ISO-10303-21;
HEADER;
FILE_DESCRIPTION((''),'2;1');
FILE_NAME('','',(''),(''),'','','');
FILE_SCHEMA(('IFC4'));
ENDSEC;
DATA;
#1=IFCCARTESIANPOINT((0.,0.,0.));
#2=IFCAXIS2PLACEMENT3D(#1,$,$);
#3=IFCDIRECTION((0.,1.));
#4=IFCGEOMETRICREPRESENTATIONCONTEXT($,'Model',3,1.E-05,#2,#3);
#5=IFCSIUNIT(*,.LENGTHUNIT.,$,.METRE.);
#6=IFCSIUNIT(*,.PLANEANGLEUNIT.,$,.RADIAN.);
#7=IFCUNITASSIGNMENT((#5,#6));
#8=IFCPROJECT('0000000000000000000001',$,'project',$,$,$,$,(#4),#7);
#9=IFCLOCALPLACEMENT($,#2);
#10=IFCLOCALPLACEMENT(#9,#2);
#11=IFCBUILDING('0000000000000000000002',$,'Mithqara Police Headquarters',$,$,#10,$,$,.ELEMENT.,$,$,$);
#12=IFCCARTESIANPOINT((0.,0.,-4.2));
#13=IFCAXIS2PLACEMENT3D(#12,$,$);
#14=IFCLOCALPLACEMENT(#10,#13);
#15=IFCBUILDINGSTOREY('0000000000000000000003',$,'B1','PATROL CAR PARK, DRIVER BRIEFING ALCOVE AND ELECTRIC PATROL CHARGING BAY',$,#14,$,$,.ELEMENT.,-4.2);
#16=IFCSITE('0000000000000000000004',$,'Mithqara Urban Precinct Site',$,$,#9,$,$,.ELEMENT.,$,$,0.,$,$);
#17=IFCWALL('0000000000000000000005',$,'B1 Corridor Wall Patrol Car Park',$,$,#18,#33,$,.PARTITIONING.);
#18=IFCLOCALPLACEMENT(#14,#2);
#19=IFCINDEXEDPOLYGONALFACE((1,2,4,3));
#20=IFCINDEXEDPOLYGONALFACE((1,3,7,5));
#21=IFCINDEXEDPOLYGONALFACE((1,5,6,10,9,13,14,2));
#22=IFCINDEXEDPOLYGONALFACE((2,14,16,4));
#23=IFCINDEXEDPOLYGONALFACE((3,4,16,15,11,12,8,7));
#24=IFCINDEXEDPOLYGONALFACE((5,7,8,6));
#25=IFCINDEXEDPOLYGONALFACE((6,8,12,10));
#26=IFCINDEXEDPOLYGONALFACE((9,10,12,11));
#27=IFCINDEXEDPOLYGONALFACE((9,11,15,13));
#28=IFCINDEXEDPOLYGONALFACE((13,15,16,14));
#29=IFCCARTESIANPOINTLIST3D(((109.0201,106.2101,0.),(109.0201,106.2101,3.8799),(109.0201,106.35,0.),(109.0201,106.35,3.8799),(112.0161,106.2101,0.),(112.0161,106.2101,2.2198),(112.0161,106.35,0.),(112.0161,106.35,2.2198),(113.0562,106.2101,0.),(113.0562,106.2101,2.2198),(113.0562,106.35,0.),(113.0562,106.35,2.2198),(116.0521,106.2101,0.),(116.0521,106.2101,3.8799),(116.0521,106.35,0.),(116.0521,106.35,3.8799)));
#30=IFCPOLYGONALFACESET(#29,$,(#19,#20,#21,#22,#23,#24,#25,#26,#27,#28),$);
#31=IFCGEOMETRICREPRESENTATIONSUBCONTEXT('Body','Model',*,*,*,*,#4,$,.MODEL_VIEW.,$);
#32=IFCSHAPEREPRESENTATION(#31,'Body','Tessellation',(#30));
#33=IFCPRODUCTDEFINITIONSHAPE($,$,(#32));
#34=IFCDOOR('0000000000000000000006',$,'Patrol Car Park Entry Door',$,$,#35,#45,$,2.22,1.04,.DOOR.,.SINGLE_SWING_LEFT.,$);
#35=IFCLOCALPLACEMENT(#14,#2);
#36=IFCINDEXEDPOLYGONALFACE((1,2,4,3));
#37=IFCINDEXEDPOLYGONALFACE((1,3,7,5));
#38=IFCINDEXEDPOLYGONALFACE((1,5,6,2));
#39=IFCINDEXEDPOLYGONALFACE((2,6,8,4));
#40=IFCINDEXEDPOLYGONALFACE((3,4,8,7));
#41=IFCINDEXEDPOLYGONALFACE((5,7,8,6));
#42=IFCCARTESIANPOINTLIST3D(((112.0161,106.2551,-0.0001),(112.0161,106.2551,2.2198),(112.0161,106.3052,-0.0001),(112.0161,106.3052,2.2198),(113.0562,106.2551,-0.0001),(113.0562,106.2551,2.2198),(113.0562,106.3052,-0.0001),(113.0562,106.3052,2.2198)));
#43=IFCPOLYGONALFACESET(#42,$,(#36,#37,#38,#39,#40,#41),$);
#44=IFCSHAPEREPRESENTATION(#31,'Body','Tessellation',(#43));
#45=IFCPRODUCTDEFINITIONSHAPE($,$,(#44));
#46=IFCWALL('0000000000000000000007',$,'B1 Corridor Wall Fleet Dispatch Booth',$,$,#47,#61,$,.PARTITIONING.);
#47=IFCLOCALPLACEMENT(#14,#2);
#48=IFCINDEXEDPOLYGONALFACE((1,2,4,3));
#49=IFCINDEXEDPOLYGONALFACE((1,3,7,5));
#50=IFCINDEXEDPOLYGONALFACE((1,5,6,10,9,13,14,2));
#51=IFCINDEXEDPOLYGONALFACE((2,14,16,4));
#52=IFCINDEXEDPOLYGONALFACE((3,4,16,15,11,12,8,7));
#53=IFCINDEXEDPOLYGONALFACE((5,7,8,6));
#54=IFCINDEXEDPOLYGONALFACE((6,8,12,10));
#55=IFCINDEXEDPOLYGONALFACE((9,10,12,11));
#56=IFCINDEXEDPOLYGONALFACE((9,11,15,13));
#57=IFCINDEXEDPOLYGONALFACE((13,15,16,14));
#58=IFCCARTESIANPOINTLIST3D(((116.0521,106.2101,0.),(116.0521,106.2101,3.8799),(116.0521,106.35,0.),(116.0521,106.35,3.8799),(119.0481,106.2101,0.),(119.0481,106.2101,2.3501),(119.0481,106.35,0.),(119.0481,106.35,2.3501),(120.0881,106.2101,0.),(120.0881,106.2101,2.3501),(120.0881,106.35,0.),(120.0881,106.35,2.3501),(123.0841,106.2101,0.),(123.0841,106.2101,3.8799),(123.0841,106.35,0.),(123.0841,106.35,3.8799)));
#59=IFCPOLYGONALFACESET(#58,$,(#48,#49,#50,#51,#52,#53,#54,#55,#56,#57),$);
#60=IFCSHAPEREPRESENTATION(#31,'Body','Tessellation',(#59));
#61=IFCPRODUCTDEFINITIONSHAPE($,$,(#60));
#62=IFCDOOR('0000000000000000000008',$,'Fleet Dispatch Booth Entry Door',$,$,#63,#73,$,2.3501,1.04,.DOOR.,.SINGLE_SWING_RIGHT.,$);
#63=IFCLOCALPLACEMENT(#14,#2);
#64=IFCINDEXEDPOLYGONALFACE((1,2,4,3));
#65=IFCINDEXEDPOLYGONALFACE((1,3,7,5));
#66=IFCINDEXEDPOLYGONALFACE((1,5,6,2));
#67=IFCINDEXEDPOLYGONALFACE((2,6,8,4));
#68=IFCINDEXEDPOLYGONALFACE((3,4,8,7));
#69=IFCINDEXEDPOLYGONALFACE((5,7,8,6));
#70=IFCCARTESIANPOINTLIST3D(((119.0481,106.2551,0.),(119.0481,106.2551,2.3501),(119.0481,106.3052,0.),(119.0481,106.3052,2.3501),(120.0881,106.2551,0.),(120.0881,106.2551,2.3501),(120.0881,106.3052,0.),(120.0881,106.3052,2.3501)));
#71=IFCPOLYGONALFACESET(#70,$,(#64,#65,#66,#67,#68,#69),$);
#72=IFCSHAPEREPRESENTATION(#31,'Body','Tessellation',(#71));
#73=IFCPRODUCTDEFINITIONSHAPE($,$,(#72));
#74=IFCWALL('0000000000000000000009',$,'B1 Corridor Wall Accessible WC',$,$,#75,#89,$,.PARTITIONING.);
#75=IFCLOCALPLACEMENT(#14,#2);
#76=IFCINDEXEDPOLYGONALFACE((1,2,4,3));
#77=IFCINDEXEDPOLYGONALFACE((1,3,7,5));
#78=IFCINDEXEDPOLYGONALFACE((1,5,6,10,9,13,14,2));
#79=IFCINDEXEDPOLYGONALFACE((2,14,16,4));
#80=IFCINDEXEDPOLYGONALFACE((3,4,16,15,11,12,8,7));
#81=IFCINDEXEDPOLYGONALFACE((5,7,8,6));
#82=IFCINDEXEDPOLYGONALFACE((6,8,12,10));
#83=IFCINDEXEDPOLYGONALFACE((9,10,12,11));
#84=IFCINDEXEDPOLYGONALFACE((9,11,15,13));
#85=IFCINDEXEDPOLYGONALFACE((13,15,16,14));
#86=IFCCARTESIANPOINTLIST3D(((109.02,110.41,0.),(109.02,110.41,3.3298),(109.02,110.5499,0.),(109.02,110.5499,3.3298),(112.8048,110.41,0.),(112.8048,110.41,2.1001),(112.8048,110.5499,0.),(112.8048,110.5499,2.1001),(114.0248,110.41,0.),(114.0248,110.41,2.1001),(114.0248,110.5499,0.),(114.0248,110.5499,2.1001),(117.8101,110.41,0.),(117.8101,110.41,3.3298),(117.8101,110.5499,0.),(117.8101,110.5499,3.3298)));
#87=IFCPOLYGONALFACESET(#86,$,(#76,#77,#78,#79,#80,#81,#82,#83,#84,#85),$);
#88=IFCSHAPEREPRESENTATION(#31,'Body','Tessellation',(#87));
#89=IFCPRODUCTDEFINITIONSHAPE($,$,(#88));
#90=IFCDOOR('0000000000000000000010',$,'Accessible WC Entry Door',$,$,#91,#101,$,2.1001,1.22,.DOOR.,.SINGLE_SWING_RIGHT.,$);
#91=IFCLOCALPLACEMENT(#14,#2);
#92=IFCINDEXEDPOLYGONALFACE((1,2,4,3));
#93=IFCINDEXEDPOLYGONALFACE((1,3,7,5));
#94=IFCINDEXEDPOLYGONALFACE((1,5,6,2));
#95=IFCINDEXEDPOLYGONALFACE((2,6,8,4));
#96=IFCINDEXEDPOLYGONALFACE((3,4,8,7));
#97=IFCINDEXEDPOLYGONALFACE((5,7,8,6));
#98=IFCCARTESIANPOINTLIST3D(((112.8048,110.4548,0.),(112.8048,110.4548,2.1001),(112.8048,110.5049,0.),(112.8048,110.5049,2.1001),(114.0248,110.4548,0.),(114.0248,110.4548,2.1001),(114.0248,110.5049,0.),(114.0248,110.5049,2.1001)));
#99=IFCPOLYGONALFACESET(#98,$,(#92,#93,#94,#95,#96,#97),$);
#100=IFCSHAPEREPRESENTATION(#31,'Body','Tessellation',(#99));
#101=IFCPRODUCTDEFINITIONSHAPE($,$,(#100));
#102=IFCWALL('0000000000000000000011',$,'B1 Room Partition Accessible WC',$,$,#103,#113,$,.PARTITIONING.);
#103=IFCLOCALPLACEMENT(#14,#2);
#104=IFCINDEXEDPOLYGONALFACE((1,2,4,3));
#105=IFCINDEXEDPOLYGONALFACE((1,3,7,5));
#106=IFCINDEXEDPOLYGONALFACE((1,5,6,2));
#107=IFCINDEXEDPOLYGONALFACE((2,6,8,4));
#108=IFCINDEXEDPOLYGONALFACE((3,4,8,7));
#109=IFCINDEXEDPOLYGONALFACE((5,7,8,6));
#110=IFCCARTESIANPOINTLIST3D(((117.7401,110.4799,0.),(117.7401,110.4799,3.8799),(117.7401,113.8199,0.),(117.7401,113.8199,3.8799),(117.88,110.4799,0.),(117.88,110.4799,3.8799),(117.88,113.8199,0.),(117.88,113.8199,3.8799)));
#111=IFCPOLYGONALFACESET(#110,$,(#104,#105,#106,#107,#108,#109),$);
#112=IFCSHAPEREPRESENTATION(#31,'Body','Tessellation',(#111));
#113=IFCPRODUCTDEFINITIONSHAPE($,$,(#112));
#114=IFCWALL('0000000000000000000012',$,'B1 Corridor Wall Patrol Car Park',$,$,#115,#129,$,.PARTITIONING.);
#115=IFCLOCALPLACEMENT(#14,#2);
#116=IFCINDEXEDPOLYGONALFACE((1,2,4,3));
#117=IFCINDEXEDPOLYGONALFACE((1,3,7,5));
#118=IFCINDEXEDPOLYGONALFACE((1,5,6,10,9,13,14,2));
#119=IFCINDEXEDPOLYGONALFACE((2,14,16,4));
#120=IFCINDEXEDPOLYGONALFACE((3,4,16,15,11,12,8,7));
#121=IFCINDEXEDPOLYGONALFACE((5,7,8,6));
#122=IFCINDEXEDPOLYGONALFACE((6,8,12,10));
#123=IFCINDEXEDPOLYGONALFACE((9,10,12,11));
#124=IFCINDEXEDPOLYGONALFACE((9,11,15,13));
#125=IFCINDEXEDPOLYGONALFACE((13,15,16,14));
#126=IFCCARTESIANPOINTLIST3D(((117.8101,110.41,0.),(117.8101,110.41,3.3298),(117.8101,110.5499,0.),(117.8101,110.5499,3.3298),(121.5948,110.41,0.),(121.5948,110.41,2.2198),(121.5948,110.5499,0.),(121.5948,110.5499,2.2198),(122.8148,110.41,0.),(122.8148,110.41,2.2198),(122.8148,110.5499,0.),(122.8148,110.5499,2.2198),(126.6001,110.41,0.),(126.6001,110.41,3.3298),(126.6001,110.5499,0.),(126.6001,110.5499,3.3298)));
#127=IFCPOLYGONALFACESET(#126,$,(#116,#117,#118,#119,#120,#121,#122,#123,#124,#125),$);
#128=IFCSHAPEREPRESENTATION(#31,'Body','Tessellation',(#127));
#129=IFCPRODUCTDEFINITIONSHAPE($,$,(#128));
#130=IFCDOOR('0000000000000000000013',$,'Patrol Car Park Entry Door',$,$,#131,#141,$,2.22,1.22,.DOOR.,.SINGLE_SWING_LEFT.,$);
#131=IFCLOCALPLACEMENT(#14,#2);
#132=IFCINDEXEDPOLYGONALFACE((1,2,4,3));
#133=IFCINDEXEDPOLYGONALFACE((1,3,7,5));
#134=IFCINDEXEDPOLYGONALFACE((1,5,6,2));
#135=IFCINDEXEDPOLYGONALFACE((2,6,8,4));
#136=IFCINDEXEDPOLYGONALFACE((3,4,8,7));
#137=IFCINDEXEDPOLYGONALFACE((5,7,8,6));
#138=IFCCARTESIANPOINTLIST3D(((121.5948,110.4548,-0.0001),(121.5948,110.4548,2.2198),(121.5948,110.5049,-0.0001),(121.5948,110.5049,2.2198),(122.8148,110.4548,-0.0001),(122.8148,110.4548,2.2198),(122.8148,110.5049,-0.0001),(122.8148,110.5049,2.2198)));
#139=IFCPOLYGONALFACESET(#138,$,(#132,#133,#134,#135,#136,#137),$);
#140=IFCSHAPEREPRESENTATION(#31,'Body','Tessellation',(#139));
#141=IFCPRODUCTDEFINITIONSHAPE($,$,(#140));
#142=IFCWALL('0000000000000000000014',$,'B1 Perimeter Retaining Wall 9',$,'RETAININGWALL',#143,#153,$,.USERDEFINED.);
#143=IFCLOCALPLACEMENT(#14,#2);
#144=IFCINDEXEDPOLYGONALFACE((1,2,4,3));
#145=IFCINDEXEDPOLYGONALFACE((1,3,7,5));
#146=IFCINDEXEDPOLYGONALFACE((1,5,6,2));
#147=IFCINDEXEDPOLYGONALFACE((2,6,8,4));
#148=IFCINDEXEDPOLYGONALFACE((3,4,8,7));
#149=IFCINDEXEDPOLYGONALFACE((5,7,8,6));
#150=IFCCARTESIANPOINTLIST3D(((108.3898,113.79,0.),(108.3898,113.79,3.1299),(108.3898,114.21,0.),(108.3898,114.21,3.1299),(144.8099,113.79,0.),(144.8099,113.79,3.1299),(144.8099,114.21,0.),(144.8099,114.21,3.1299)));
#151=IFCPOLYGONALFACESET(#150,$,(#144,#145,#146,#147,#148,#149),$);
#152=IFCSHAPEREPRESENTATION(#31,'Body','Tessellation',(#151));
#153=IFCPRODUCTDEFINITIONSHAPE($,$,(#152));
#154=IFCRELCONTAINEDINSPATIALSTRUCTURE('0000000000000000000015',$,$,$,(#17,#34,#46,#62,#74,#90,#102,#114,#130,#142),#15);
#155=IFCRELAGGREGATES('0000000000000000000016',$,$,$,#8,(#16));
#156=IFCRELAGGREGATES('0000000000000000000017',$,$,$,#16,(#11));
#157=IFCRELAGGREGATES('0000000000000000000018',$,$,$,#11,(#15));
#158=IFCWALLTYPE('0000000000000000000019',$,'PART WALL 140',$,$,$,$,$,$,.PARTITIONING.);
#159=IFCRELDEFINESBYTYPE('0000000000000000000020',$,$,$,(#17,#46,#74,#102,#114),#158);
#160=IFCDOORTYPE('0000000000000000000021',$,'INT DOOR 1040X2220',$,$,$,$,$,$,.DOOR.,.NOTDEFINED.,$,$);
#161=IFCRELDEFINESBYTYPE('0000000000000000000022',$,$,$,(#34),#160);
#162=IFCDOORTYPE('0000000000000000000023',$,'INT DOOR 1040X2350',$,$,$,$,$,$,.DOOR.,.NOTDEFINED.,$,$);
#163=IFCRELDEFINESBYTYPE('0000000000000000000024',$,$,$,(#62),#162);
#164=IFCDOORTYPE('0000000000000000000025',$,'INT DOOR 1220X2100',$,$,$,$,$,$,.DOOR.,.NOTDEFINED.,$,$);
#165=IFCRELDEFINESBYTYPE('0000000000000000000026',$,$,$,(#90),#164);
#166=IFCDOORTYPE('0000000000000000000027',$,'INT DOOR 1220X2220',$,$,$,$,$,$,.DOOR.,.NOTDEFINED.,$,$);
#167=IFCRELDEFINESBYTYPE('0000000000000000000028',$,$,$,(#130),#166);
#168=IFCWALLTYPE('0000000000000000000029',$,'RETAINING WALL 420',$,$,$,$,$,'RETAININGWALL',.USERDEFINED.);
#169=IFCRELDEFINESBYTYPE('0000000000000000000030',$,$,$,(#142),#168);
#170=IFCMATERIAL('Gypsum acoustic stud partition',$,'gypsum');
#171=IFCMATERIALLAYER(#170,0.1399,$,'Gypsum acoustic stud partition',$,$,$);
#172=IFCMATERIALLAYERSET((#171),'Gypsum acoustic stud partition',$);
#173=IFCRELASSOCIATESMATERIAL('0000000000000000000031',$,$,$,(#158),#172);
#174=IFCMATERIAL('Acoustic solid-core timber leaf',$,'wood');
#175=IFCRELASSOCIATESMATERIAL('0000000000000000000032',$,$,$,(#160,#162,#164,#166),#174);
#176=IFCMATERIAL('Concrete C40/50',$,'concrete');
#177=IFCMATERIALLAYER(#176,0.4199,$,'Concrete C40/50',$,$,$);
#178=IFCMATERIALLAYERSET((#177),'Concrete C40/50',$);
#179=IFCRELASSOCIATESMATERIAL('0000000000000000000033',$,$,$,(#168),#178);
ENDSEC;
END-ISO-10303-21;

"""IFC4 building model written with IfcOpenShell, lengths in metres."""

from ifc_helpers import new_model, si_unit, direction, frame, frame_2d, origin, place, context, subcontext, project, spatial, rectangle, extrude, material, layer, layer_set, type_object, element, fill, save


model = new_model("IFC4")

# Units and contexts
model_context = context("Model", 3, precision=1e-05, world=origin(), true_north=direction((0.0, 1.0)))
body_context = subcontext(model_context, "Body", "Model", "MODEL_VIEW")
ifc_project = project(units=[si_unit("LENGTHUNIT", "METRE"), si_unit("PLANEANGLEUNIT", "RADIAN")], contexts=[model_context])

# Site, building, storey
site_placement = place(None, origin())
site = spatial("IfcSite", under=ifc_project, at=site_placement, Name="Mithqara Urban Precinct Site", CompositionType="ELEMENT", RefElevation=0.0)
building_placement = place(site_placement, origin())
building = spatial("IfcBuilding", under=site, at=building_placement, Name="Mithqara Police Headquarters", CompositionType="ELEMENT")
storey_placement = place(building_placement, frame((0.0, 0.0, -4.2)))
storey = spatial("IfcBuildingStorey", under=building, at=storey_placement, Name="B1", Description="PATROL CAR PARK, DRIVER BRIEFING ALCOVE AND ELECTRIC PATROL CHARGING BAY", CompositionType="ELEMENT", Elevation=-4.2)

# Shared definitions
ifc_material_1 = material(Name="Concrete C40/50", Category="concrete")

# Walls, openings, doors
ifc_material_2 = material(Name="Gypsum acoustic stud partition", Category="gypsum")
ifc_layer_1 = layer(ifc_material_2, 0.1399, Name="Gypsum acoustic stud partition")
ifc_layer_set_1 = layer_set([ifc_layer_1], Name="Gypsum acoustic stud partition")
wall_type_1 = type_object("IfcWallType", Name="PART WALL 140", PredefinedType="PARTITIONING", material=ifc_layer_set_1)
wall_1_placement = place(storey_placement, frame((109.02, 106.28, 0.0), z_axis=(0.0, 0.0, 1.0), x_axis=(1.0, 0.0, 0.0)))
wall_1 = element("IfcWall", 1, at=wall_1_placement, inside=storey, type_object=wall_type_1, Name="B1 Corridor Wall Patrol Car Park", PredefinedType="PARTITIONING", context=body_context, shape_type="SweptSolid", body=[
    extrude(rectangle(XDim=7.032, YDim=0.1399, at=frame_2d((3.5161, 0.0))), origin(), (0.0, 0.0, 1.0), 3.8799),
])
opening_1_placement = place(wall_1_placement, frame((2.9961, 0.0, 0.0)))
opening_1 = element("IfcOpeningElement", 2, at=opening_1_placement, cuts=wall_1, PredefinedType="OPENING", context=body_context, shape_type="SweptSolid", body=[
    extrude(rectangle(XDim=1.04, YDim=2.22, at=frame_2d((0.52, 1.1099))), frame((0.0, 0.0801, 0.0), z_axis=(0.0, -1.0, 0.0), x_axis=(1.0, 0.0, 0.0)), (0.0, 0.0, 1.0), 0.1599),
])
ifc_material_3 = material(Name="Acoustic solid-core timber leaf", Category="wood")
door_type_1 = type_object("IfcDoorType", Name="INT DOOR 1040X2220", OperationType="NOTDEFINED", PredefinedType="DOOR", material=ifc_material_3)
door_1_placement = place(opening_1_placement, frame((1.04, 0.0, 0.0), z_axis=(0.0, 0.0, 1.0), x_axis=(-1.0, 0.0, 0.0)))
door_1 = element("IfcDoor", 3, at=door_1_placement, inside=storey, type_object=door_type_1, Name="Patrol Car Park Entry Door", OperationType="SINGLE_SWING_LEFT", OverallHeight=2.22, OverallWidth=1.04, PredefinedType="DOOR", context=body_context, shape_type="SweptSolid", body=[
    extrude(rectangle(XDim=1.04, YDim=2.22, at=frame_2d((0.52, 1.1099))), frame((0.0, 0.0249, 0.0), z_axis=(0.0, -1.0, 0.0), x_axis=(1.0, 0.0, 0.0)), (0.0, 0.0, 1.0), 0.05),
])
fill(opening_1, door_1)
wall_2_placement = place(storey_placement, frame((116.052, 106.28, 0.0), z_axis=(0.0, 0.0, 1.0), x_axis=(1.0, 0.0, 0.0)))
wall_2 = element("IfcWall", 4, at=wall_2_placement, inside=storey, type_object=wall_type_1, Name="B1 Corridor Wall Fleet Dispatch Booth", PredefinedType="PARTITIONING", context=body_context, shape_type="SweptSolid", body=[
    extrude(rectangle(XDim=7.032, YDim=0.1399, at=frame_2d((3.5161, 0.0))), origin(), (0.0, 0.0, 1.0), 3.8799),
])
opening_2_placement = place(wall_2_placement, frame((2.9961, 0.0, 0.0)))
opening_2 = element("IfcOpeningElement", 5, at=opening_2_placement, cuts=wall_2, PredefinedType="OPENING", context=body_context, shape_type="SweptSolid", body=[
    extrude(rectangle(XDim=1.04, YDim=2.3501, at=frame_2d((0.52, 1.175))), frame((0.0, 0.0801, 0.0), z_axis=(0.0, -1.0, 0.0), x_axis=(1.0, 0.0, 0.0)), (0.0, 0.0, 1.0), 0.1599),
])
door_type_2 = type_object("IfcDoorType", Name="INT DOOR 1040X2350", OperationType="NOTDEFINED", PredefinedType="DOOR", material=ifc_material_3)
door_2_placement = place(opening_2_placement, frame((1.04, 0.0, 0.0), z_axis=(0.0, 0.0, 1.0), x_axis=(-1.0, 0.0, 0.0)))
door_2 = element("IfcDoor", 6, at=door_2_placement, inside=storey, type_object=door_type_2, Name="Fleet Dispatch Booth Entry Door", OperationType="SINGLE_SWING_RIGHT", OverallHeight=2.3501, OverallWidth=1.04, PredefinedType="DOOR", context=body_context, shape_type="SweptSolid", body=[
    extrude(rectangle(XDim=1.04, YDim=2.3501, at=frame_2d((0.52, 1.175))), frame((0.0, 0.0249, 0.0), z_axis=(0.0, -1.0, 0.0), x_axis=(1.0, 0.0, 0.0)), (0.0, 0.0, 1.0), 0.05),
])
fill(opening_2, door_2)
wall_3_placement = place(storey_placement, frame((109.02, 110.48, 0.0), z_axis=(0.0, 0.0, 1.0), x_axis=(1.0, 0.0, 0.0)))
wall_3 = element("IfcWall", 7, at=wall_3_placement, inside=storey, type_object=wall_type_1, Name="B1 Corridor Wall Accessible WC", PredefinedType="PARTITIONING", context=body_context, shape_type="SweptSolid", body=[
    extrude(rectangle(XDim=8.79, YDim=0.1399, at=frame_2d((4.395, 0.0))), origin(), (0.0, 0.0, 1.0), 3.3298),
])
opening_3_placement = place(wall_3_placement, frame((3.7849, 0.0, 0.0)))
opening_3 = element("IfcOpeningElement", 8, at=opening_3_placement, cuts=wall_3, PredefinedType="OPENING", context=body_context, shape_type="SweptSolid", body=[
    extrude(rectangle(XDim=1.22, YDim=2.1001, at=frame_2d((0.6099, 1.05))), frame((0.0, 0.0801, 0.0), z_axis=(0.0, -1.0, 0.0), x_axis=(1.0, 0.0, 0.0)), (0.0, 0.0, 1.0), 0.1599),
])
door_type_3 = type_object("IfcDoorType", Name="INT DOOR 1220X2100", OperationType="NOTDEFINED", PredefinedType="DOOR", material=ifc_material_3)
door_3_placement = place(opening_3_placement, origin())
door_3 = element("IfcDoor", 9, at=door_3_placement, inside=storey, type_object=door_type_3, Name="Accessible WC Entry Door", OperationType="SINGLE_SWING_RIGHT", OverallHeight=2.1001, OverallWidth=1.22, PredefinedType="DOOR", context=body_context, shape_type="SweptSolid", body=[
    extrude(rectangle(XDim=1.22, YDim=2.1001, at=frame_2d((0.6099, 1.05))), frame((0.0, 0.0249, 0.0), z_axis=(0.0, -1.0, 0.0), x_axis=(1.0, 0.0, 0.0)), (0.0, 0.0, 1.0), 0.05),
])
fill(opening_3, door_3)

# Wall
wall_4_placement = place(storey_placement, frame((117.8101, 110.48, 0.0), z_axis=(0.0, 0.0, 1.0), x_axis=(0.0, 1.0, 0.0)))
element("IfcWall", 10, at=wall_4_placement, inside=storey, type_object=wall_type_1, Name="B1 Room Partition Accessible WC", PredefinedType="PARTITIONING", context=body_context, shape_type="SweptSolid", body=[
    extrude(rectangle(XDim=3.3401, YDim=0.1399, at=frame_2d((1.6699, 0.0))), origin(), (0.0, 0.0, 1.0), 3.8799),
])

# Wall, opening, door
wall_5_placement = place(storey_placement, frame((117.8101, 110.48, 0.0), z_axis=(0.0, 0.0, 1.0), x_axis=(1.0, 0.0, 0.0)))
wall_5 = element("IfcWall", 11, at=wall_5_placement, inside=storey, type_object=wall_type_1, Name="B1 Corridor Wall Patrol Car Park", PredefinedType="PARTITIONING", context=body_context, shape_type="SweptSolid", body=[
    extrude(rectangle(XDim=8.79, YDim=0.1399, at=frame_2d((4.395, 0.0))), origin(), (0.0, 0.0, 1.0), 3.3298),
])
opening_4_placement = place(wall_5_placement, frame((3.7849, 0.0, 0.0)))
opening_4 = element("IfcOpeningElement", 12, at=opening_4_placement, cuts=wall_5, PredefinedType="OPENING", context=body_context, shape_type="SweptSolid", body=[
    extrude(rectangle(XDim=1.22, YDim=2.22, at=frame_2d((0.6099, 1.1099))), frame((0.0, 0.0801, 0.0), z_axis=(0.0, -1.0, 0.0), x_axis=(1.0, 0.0, 0.0)), (0.0, 0.0, 1.0), 0.1599),
])
door_type_4 = type_object("IfcDoorType", Name="INT DOOR 1220X2220", OperationType="NOTDEFINED", PredefinedType="DOOR", material=ifc_material_3)
door_4_placement = place(opening_4_placement, origin())
door_4 = element("IfcDoor", 13, at=door_4_placement, inside=storey, type_object=door_type_4, Name="Patrol Car Park Entry Door", OperationType="SINGLE_SWING_LEFT", OverallHeight=2.22, OverallWidth=1.22, PredefinedType="DOOR", context=body_context, shape_type="SweptSolid", body=[
    extrude(rectangle(XDim=1.22, YDim=2.22, at=frame_2d((0.6099, 1.1099))), frame((0.0, 0.0249, 0.0), z_axis=(0.0, -1.0, 0.0), x_axis=(1.0, 0.0, 0.0)), (0.0, 0.0, 1.0), 0.05),
])
fill(opening_4, door_4)

# Wall
ifc_layer_2 = layer(ifc_material_1, 0.4199, Name="Concrete C40/50")
ifc_layer_set_2 = layer_set([ifc_layer_2], Name="Concrete C40/50")
wall_type_2 = type_object("IfcWallType", Name="RETAINING WALL 420", ElementType="RETAININGWALL", PredefinedType="USERDEFINED", material=ifc_layer_set_2)
wall_6_placement = place(storey_placement, frame((108.3899, 114.0, 0.0), z_axis=(0.0, 0.0, 1.0), x_axis=(1.0, 0.0, 0.0)))
element("IfcWall", 14, at=wall_6_placement, inside=storey, type_object=wall_type_2, Name="B1 Perimeter Retaining Wall 9", ObjectType="RETAININGWALL", PredefinedType="USERDEFINED", context=body_context, shape_type="SweptSolid", body=[
    extrude(rectangle(XDim=36.4202, YDim=0.4199, at=frame_2d((18.21, 0.0))), origin(), (0.0, 0.0, 1.0), 3.1299),
])

save(model, "model.ifc")
